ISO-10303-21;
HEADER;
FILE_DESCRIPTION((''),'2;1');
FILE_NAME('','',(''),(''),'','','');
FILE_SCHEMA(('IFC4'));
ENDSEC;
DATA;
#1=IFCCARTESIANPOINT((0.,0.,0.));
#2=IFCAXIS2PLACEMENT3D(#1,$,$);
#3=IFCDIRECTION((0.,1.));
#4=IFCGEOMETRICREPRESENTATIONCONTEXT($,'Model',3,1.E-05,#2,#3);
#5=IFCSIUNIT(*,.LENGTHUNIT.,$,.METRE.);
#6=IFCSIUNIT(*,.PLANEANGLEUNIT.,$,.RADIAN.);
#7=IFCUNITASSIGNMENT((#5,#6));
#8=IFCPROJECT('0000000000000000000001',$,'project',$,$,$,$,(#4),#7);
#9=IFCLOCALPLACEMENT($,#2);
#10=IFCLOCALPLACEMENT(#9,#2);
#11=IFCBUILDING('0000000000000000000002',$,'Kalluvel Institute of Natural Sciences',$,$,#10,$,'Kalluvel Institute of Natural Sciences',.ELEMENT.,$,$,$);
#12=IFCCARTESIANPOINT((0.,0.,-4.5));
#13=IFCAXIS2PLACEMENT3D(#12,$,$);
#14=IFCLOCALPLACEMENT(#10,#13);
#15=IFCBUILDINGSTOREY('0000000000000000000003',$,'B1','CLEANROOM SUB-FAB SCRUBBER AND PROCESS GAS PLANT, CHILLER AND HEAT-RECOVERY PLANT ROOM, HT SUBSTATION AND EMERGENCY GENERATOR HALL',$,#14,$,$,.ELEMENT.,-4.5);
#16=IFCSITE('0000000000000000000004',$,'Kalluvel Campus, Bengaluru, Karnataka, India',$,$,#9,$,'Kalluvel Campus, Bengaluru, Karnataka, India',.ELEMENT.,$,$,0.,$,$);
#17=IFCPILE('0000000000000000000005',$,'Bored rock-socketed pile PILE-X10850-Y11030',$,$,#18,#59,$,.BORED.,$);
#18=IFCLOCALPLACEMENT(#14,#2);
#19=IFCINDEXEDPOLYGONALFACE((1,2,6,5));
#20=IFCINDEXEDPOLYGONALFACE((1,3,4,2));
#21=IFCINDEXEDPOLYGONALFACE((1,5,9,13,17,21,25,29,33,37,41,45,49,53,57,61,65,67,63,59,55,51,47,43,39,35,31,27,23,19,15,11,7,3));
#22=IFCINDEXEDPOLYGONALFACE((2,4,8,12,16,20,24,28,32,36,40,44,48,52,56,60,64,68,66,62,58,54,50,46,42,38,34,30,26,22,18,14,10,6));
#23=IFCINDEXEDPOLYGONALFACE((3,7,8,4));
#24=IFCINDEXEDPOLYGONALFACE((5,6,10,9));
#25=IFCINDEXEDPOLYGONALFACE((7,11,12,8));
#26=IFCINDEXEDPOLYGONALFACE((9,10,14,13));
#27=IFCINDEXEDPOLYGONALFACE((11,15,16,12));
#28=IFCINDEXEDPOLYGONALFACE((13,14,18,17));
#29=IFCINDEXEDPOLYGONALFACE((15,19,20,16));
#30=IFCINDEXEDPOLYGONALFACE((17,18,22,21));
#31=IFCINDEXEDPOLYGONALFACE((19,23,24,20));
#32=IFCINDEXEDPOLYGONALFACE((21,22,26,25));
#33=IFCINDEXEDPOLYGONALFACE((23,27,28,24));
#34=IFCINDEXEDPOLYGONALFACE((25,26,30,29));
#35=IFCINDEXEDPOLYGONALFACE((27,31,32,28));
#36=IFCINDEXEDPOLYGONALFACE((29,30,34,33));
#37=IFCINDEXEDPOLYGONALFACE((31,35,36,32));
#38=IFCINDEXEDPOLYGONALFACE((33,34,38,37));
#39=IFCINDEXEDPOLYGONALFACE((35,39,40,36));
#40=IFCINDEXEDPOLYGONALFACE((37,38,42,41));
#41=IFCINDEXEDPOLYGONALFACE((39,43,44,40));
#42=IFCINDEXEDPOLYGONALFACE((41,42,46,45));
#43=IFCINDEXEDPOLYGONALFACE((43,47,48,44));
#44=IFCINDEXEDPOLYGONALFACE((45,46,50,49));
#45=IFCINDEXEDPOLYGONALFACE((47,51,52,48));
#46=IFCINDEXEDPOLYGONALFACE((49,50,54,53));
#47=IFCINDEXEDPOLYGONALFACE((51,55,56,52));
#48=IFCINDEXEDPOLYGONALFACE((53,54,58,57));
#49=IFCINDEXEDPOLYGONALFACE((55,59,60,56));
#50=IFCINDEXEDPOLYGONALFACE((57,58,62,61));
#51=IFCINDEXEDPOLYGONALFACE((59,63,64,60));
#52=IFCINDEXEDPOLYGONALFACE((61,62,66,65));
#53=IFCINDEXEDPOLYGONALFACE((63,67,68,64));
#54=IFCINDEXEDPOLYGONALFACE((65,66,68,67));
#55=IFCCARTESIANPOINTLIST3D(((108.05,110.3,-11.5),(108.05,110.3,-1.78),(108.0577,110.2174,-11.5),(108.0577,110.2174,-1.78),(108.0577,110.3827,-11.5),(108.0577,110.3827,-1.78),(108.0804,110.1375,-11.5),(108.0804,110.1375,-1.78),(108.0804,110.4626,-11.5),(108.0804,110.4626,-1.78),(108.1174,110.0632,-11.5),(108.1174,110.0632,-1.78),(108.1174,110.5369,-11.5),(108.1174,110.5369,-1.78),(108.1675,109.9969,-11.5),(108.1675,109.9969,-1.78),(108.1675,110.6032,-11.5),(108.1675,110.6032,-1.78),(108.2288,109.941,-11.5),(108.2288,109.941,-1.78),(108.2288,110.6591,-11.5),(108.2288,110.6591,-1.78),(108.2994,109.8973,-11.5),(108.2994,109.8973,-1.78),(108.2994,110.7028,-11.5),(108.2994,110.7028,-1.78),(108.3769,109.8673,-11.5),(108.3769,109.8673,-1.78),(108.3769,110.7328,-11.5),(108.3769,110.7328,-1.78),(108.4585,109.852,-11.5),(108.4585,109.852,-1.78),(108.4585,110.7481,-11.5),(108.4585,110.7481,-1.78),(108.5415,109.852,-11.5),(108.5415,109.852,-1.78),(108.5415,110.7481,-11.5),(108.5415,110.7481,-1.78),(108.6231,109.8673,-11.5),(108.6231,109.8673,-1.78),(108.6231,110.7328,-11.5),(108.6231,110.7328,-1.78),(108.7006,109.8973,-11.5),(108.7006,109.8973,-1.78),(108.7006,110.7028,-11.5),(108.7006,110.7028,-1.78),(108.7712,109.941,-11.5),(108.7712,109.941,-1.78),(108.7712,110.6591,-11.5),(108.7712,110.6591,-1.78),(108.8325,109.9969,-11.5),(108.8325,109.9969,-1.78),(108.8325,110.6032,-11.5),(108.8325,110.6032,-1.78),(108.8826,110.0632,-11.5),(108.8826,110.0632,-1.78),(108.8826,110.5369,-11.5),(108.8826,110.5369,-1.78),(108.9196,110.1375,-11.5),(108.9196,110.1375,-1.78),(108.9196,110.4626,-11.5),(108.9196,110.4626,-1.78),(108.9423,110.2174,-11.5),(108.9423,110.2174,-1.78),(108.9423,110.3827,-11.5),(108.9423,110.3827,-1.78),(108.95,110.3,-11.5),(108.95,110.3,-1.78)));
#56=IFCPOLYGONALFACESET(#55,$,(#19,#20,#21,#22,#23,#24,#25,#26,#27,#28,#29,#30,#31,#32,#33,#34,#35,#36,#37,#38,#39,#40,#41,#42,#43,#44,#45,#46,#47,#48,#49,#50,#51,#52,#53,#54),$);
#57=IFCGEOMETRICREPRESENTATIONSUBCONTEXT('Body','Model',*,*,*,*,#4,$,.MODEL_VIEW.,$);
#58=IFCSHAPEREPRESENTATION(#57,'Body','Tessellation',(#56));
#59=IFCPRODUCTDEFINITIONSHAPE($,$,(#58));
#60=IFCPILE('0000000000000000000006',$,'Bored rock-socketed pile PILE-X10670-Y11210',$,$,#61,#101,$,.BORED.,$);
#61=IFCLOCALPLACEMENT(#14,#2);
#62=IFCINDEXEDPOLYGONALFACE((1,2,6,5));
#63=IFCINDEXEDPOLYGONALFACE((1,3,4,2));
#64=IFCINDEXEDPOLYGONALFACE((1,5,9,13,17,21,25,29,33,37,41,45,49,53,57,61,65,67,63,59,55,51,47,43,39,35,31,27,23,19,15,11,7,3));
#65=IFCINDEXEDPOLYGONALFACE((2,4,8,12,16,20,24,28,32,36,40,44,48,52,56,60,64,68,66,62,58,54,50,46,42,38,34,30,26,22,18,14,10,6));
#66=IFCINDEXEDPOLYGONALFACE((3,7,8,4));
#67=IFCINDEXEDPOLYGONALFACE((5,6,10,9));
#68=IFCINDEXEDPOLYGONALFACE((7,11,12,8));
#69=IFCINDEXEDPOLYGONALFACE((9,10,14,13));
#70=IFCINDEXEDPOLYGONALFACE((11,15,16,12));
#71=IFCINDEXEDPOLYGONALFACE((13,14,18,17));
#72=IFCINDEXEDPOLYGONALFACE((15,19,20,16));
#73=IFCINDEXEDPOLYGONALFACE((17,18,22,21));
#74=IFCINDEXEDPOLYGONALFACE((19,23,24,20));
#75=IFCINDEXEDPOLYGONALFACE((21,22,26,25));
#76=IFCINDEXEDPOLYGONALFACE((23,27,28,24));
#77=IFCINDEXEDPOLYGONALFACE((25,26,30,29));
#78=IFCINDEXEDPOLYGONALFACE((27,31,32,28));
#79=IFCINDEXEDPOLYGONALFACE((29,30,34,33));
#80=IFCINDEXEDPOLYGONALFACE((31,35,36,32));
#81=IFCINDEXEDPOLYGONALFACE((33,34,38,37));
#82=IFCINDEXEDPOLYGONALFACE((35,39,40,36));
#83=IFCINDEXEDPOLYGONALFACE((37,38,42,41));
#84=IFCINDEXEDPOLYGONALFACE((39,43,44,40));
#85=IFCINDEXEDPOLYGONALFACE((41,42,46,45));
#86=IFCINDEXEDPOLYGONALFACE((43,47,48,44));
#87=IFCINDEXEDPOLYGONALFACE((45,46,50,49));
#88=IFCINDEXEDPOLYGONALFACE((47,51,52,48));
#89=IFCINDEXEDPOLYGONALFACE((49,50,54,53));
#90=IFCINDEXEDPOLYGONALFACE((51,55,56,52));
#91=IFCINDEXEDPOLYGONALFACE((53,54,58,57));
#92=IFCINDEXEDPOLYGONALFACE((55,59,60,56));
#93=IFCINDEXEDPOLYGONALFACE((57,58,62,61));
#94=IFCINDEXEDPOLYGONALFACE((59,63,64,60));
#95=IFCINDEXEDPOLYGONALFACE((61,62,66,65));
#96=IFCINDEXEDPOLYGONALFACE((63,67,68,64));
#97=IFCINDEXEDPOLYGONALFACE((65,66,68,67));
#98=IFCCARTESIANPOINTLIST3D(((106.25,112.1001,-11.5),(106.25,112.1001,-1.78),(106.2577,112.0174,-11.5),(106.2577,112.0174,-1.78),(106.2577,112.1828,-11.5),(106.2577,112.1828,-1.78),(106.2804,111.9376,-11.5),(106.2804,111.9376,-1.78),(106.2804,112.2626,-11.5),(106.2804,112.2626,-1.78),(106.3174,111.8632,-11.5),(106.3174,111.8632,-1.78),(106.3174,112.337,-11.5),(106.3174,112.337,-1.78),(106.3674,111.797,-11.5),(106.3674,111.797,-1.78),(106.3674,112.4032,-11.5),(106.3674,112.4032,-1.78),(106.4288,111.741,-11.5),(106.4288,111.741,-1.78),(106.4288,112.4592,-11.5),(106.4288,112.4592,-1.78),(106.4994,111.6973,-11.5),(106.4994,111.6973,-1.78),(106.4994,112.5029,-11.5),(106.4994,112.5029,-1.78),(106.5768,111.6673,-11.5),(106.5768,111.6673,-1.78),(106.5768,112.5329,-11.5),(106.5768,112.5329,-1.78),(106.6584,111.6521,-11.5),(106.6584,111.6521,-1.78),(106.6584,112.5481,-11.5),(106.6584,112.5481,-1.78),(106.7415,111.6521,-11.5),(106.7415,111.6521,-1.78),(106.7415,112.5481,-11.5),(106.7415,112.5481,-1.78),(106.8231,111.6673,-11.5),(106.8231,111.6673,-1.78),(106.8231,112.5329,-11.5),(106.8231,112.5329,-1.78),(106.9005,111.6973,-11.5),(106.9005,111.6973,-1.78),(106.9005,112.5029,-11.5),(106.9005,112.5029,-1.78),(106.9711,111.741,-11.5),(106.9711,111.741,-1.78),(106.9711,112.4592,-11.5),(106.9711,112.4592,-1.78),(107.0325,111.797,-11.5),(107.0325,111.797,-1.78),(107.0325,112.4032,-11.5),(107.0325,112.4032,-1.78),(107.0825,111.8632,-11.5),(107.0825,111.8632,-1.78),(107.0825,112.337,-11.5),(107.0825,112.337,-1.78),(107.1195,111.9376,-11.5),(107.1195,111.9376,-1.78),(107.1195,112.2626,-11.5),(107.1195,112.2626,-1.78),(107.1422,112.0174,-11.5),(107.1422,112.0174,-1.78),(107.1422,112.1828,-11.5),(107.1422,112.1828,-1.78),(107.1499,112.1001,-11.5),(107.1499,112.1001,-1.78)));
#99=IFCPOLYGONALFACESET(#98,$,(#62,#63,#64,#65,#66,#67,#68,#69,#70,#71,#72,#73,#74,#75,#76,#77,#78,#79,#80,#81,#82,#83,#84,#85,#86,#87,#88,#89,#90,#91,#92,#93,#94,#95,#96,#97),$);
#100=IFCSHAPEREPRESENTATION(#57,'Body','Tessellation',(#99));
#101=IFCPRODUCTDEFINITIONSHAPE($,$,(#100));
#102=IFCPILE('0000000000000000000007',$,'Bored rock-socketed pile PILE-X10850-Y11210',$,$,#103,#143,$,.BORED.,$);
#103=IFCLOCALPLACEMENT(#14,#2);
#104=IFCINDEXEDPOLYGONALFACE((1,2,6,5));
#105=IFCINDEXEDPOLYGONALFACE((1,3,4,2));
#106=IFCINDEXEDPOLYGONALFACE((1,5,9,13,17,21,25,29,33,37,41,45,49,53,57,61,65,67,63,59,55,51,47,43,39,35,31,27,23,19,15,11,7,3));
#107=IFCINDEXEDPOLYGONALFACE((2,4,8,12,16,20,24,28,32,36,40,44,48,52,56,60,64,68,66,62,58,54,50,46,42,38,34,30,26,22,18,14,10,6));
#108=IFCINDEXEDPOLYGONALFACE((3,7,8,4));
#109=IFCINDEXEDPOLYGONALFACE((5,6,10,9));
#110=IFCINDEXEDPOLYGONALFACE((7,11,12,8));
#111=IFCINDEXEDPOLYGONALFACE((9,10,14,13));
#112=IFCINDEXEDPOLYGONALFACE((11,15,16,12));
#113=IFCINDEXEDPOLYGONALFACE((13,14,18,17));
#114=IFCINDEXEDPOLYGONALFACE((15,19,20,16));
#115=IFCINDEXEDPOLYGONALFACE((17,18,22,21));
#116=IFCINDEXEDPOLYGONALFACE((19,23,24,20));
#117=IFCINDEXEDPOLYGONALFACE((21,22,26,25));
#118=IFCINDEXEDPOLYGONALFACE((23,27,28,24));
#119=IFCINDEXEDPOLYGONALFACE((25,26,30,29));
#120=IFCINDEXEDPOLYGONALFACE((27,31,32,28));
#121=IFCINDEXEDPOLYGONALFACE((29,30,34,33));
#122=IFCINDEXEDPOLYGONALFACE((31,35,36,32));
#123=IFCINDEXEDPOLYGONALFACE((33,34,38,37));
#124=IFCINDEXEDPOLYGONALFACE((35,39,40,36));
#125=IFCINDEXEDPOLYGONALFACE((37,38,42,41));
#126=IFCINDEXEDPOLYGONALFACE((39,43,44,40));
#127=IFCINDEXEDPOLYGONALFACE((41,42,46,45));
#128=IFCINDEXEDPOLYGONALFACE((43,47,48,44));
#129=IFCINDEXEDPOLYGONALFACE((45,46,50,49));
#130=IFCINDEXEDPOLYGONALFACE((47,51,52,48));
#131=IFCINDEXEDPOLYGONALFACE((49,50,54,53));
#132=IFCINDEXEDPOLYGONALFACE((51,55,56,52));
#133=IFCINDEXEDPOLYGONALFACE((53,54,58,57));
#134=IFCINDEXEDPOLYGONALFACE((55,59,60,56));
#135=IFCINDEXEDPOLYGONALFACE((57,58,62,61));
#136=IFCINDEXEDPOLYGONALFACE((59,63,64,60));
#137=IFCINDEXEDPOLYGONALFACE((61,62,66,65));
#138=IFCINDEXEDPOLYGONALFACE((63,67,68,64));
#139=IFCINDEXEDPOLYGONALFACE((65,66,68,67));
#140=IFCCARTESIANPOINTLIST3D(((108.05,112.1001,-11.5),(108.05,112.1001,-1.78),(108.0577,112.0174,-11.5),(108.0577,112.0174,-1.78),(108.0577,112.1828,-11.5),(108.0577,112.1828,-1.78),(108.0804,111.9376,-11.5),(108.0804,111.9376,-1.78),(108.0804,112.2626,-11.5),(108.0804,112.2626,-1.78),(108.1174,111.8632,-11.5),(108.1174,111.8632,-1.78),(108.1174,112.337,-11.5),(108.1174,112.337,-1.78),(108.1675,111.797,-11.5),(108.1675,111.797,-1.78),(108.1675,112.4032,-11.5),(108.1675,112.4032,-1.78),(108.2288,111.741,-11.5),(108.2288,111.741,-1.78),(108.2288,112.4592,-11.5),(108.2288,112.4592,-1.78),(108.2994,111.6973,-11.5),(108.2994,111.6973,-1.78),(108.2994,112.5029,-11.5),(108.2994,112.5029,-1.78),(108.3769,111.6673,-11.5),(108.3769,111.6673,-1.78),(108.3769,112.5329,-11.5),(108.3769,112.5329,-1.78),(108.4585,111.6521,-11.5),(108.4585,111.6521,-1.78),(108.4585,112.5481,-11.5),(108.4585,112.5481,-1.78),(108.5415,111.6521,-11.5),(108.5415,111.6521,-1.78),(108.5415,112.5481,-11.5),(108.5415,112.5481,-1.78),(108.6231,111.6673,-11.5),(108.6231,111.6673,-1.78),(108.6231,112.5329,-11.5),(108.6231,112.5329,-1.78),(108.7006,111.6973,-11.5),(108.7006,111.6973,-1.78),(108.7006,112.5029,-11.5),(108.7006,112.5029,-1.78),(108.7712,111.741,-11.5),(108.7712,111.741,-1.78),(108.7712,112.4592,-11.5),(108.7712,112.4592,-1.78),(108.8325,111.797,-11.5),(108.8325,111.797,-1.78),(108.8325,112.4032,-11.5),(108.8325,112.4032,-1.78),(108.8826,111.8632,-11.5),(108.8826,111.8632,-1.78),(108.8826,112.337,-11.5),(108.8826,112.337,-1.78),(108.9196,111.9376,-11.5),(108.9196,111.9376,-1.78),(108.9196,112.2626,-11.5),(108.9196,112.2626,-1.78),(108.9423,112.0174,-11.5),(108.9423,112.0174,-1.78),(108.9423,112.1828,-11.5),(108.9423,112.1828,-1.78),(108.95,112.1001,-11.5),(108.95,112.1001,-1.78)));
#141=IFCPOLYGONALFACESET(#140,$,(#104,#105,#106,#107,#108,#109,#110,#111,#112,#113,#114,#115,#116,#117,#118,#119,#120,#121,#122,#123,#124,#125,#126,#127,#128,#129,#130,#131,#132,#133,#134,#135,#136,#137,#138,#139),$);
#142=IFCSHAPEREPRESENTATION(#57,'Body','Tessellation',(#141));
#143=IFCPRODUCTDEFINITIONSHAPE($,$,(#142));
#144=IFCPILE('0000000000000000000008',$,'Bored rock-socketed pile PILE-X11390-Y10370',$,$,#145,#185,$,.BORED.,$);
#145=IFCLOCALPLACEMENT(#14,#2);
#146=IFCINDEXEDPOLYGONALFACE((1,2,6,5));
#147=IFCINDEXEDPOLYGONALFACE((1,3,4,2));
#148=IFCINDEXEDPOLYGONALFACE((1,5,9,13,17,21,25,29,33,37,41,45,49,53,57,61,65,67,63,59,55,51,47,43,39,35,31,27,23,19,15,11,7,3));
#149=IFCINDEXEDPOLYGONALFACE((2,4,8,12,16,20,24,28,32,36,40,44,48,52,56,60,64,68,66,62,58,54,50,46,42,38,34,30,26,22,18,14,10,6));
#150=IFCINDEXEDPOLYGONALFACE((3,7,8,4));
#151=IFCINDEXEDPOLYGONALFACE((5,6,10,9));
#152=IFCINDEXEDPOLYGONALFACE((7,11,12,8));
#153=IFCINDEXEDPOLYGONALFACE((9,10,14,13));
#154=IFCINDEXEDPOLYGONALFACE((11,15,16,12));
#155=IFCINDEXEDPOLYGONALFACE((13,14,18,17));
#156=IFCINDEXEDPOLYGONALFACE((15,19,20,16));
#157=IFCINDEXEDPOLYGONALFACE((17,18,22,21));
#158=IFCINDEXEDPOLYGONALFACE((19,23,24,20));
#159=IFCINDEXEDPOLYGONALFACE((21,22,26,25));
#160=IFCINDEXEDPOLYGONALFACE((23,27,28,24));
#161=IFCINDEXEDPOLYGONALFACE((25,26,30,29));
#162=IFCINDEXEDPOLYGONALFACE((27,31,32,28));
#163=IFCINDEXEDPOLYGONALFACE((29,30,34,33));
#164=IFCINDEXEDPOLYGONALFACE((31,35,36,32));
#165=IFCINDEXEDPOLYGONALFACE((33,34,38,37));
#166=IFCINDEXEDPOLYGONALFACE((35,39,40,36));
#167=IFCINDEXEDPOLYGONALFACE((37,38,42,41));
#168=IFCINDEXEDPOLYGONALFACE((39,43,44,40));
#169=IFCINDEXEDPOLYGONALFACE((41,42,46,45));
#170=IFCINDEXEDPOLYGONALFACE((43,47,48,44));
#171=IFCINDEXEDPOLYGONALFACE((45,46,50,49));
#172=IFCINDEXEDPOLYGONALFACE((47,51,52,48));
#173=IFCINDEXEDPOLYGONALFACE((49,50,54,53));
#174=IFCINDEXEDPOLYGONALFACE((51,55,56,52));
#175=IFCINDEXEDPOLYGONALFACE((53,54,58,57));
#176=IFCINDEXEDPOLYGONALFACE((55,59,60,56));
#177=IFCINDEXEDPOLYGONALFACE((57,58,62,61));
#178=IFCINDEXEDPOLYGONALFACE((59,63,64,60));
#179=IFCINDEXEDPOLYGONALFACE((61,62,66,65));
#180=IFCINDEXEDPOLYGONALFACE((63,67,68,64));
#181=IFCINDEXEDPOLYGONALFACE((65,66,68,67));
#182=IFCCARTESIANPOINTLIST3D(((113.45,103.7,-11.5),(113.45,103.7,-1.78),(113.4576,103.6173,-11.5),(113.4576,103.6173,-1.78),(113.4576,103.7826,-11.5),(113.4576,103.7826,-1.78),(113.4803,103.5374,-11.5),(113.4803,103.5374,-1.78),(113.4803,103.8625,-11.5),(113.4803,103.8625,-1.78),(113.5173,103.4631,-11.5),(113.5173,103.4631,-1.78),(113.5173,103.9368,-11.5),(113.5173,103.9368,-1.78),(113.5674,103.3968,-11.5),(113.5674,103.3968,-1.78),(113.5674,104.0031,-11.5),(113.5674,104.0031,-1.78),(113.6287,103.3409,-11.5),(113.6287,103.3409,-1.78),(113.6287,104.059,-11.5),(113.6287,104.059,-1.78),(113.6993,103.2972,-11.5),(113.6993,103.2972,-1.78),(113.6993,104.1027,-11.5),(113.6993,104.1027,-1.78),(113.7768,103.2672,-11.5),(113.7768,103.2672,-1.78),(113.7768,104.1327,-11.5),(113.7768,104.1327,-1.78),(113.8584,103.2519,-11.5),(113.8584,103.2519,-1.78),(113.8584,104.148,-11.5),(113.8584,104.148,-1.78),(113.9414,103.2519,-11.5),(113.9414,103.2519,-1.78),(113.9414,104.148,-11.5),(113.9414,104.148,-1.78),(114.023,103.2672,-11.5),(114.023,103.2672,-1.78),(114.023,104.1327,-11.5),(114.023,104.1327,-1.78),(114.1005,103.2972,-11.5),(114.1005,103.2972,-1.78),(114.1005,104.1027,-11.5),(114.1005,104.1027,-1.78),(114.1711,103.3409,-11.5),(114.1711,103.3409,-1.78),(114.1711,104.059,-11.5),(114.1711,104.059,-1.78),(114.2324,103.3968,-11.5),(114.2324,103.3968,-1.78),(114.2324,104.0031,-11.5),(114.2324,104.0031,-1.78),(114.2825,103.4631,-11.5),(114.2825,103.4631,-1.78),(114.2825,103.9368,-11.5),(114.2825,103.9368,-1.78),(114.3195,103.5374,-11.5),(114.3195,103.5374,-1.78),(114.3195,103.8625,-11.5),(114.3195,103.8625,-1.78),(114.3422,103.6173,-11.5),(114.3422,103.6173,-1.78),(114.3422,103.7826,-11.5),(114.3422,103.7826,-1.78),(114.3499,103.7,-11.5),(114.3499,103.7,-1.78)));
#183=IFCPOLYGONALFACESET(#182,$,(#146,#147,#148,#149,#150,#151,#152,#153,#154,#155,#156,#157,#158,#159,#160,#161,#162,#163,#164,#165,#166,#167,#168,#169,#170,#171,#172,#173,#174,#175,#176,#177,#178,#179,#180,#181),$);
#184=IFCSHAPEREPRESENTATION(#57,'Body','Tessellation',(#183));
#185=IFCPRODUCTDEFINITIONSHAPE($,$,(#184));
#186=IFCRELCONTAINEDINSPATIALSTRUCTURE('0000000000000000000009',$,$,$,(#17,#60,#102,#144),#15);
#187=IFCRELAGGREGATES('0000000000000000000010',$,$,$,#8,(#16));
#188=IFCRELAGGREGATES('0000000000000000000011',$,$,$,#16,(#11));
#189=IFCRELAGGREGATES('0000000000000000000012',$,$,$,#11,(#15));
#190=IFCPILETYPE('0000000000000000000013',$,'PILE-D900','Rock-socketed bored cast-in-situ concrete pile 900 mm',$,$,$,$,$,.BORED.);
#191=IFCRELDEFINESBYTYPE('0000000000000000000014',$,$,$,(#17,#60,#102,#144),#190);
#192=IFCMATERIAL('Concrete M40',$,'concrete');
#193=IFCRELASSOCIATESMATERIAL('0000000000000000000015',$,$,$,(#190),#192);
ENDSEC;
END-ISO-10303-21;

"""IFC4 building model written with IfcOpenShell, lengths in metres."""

from ifc_helpers import new_model, si_unit, direction, frame, origin, origin_2d, place, context, subcontext, project, spatial, circle, extrude, material, material_profile, profile_set, type_object, element, save


model = new_model("IFC4")

# Units and contexts
model_context = context("Model", 3, precision=1e-05, world=origin(), true_north=direction((0.0, 1.0)))
body_context = subcontext(model_context, "Body", "Model", "MODEL_VIEW")
ifc_project = project(units=[si_unit("LENGTHUNIT", "METRE"), si_unit("PLANEANGLEUNIT", "RADIAN")], contexts=[model_context])

# Site, building, storey
site_placement = place(None, origin())
site = spatial("IfcSite", under=ifc_project, at=site_placement, Name="Kalluvel Campus, Bengaluru, Karnataka, India", LongName="Kalluvel Campus, Bengaluru, Karnataka, India", CompositionType="ELEMENT", RefElevation=0.0)
building_placement = place(site_placement, origin())
building = spatial("IfcBuilding", under=site, at=building_placement, Name="Kalluvel Institute of Natural Sciences", LongName="Kalluvel Institute of Natural Sciences", CompositionType="ELEMENT")
storey_placement = place(building_placement, frame((0.0, 0.0, -4.5)))
storey = spatial("IfcBuildingStorey", under=building, at=storey_placement, Name="B1", Description="CLEANROOM SUB-FAB SCRUBBER AND PROCESS GAS PLANT, CHILLER AND HEAT-RECOVERY PLANT ROOM, HT SUBSTATION AND EMERGENCY GENERATOR HALL", CompositionType="ELEMENT", Elevation=-4.5)

# Shared definitions
ifc_material_1 = material(Name="Concrete M40", Category="concrete")

# Piles
ifc_material_profile_1 = material_profile(ifc_material_1, circle(Radius=0.45, at=origin_2d()), Name="PILE D900")
ifc_profile_set_1 = profile_set([ifc_material_profile_1], Name="Concrete M40")
pile_type_1 = type_object("IfcPileType", Name="PILE-D900", Description="Rock-socketed bored cast-in-situ concrete pile 900 mm", PredefinedType="BORED", material=ifc_profile_set_1)
for number, where, z_axis, x_axis, name in (
    (1, (108.5, 110.3, -1.78), (0.0, 0.0, -1.0), (1.0, 0.0, 0.0), "Bored rock-socketed pile PILE-X10850-Y11030"),
    (2, (106.7, 112.1001, -1.78), (0.0, 0.0, -1.0), (1.0, 0.0, 0.0), "Bored rock-socketed pile PILE-X10670-Y11210"),
    (3, (108.5, 112.1001, -1.78), (0.0, 0.0, -1.0), (1.0, 0.0, 0.0), "Bored rock-socketed pile PILE-X10850-Y11210"),
    (4, (113.8999, 103.7, -1.78), (0.0, 0.0, -1.0), (1.0, 0.0, 0.0), "Bored rock-socketed pile PILE-X11390-Y10370"),
):
    element("IfcPile", number, at=place(storey_placement, frame(where, z_axis=z_axis, x_axis=x_axis)), inside=storey, type_object=pile_type_1, Name=name, PredefinedType="BORED", context=body_context, shape_type="SweptSolid", body=[
        extrude(circle(Radius=0.45, at=origin_2d()), origin(), (0.0, 0.0, 1.0), 9.72),
    ])

save(model, "model.ifc")
